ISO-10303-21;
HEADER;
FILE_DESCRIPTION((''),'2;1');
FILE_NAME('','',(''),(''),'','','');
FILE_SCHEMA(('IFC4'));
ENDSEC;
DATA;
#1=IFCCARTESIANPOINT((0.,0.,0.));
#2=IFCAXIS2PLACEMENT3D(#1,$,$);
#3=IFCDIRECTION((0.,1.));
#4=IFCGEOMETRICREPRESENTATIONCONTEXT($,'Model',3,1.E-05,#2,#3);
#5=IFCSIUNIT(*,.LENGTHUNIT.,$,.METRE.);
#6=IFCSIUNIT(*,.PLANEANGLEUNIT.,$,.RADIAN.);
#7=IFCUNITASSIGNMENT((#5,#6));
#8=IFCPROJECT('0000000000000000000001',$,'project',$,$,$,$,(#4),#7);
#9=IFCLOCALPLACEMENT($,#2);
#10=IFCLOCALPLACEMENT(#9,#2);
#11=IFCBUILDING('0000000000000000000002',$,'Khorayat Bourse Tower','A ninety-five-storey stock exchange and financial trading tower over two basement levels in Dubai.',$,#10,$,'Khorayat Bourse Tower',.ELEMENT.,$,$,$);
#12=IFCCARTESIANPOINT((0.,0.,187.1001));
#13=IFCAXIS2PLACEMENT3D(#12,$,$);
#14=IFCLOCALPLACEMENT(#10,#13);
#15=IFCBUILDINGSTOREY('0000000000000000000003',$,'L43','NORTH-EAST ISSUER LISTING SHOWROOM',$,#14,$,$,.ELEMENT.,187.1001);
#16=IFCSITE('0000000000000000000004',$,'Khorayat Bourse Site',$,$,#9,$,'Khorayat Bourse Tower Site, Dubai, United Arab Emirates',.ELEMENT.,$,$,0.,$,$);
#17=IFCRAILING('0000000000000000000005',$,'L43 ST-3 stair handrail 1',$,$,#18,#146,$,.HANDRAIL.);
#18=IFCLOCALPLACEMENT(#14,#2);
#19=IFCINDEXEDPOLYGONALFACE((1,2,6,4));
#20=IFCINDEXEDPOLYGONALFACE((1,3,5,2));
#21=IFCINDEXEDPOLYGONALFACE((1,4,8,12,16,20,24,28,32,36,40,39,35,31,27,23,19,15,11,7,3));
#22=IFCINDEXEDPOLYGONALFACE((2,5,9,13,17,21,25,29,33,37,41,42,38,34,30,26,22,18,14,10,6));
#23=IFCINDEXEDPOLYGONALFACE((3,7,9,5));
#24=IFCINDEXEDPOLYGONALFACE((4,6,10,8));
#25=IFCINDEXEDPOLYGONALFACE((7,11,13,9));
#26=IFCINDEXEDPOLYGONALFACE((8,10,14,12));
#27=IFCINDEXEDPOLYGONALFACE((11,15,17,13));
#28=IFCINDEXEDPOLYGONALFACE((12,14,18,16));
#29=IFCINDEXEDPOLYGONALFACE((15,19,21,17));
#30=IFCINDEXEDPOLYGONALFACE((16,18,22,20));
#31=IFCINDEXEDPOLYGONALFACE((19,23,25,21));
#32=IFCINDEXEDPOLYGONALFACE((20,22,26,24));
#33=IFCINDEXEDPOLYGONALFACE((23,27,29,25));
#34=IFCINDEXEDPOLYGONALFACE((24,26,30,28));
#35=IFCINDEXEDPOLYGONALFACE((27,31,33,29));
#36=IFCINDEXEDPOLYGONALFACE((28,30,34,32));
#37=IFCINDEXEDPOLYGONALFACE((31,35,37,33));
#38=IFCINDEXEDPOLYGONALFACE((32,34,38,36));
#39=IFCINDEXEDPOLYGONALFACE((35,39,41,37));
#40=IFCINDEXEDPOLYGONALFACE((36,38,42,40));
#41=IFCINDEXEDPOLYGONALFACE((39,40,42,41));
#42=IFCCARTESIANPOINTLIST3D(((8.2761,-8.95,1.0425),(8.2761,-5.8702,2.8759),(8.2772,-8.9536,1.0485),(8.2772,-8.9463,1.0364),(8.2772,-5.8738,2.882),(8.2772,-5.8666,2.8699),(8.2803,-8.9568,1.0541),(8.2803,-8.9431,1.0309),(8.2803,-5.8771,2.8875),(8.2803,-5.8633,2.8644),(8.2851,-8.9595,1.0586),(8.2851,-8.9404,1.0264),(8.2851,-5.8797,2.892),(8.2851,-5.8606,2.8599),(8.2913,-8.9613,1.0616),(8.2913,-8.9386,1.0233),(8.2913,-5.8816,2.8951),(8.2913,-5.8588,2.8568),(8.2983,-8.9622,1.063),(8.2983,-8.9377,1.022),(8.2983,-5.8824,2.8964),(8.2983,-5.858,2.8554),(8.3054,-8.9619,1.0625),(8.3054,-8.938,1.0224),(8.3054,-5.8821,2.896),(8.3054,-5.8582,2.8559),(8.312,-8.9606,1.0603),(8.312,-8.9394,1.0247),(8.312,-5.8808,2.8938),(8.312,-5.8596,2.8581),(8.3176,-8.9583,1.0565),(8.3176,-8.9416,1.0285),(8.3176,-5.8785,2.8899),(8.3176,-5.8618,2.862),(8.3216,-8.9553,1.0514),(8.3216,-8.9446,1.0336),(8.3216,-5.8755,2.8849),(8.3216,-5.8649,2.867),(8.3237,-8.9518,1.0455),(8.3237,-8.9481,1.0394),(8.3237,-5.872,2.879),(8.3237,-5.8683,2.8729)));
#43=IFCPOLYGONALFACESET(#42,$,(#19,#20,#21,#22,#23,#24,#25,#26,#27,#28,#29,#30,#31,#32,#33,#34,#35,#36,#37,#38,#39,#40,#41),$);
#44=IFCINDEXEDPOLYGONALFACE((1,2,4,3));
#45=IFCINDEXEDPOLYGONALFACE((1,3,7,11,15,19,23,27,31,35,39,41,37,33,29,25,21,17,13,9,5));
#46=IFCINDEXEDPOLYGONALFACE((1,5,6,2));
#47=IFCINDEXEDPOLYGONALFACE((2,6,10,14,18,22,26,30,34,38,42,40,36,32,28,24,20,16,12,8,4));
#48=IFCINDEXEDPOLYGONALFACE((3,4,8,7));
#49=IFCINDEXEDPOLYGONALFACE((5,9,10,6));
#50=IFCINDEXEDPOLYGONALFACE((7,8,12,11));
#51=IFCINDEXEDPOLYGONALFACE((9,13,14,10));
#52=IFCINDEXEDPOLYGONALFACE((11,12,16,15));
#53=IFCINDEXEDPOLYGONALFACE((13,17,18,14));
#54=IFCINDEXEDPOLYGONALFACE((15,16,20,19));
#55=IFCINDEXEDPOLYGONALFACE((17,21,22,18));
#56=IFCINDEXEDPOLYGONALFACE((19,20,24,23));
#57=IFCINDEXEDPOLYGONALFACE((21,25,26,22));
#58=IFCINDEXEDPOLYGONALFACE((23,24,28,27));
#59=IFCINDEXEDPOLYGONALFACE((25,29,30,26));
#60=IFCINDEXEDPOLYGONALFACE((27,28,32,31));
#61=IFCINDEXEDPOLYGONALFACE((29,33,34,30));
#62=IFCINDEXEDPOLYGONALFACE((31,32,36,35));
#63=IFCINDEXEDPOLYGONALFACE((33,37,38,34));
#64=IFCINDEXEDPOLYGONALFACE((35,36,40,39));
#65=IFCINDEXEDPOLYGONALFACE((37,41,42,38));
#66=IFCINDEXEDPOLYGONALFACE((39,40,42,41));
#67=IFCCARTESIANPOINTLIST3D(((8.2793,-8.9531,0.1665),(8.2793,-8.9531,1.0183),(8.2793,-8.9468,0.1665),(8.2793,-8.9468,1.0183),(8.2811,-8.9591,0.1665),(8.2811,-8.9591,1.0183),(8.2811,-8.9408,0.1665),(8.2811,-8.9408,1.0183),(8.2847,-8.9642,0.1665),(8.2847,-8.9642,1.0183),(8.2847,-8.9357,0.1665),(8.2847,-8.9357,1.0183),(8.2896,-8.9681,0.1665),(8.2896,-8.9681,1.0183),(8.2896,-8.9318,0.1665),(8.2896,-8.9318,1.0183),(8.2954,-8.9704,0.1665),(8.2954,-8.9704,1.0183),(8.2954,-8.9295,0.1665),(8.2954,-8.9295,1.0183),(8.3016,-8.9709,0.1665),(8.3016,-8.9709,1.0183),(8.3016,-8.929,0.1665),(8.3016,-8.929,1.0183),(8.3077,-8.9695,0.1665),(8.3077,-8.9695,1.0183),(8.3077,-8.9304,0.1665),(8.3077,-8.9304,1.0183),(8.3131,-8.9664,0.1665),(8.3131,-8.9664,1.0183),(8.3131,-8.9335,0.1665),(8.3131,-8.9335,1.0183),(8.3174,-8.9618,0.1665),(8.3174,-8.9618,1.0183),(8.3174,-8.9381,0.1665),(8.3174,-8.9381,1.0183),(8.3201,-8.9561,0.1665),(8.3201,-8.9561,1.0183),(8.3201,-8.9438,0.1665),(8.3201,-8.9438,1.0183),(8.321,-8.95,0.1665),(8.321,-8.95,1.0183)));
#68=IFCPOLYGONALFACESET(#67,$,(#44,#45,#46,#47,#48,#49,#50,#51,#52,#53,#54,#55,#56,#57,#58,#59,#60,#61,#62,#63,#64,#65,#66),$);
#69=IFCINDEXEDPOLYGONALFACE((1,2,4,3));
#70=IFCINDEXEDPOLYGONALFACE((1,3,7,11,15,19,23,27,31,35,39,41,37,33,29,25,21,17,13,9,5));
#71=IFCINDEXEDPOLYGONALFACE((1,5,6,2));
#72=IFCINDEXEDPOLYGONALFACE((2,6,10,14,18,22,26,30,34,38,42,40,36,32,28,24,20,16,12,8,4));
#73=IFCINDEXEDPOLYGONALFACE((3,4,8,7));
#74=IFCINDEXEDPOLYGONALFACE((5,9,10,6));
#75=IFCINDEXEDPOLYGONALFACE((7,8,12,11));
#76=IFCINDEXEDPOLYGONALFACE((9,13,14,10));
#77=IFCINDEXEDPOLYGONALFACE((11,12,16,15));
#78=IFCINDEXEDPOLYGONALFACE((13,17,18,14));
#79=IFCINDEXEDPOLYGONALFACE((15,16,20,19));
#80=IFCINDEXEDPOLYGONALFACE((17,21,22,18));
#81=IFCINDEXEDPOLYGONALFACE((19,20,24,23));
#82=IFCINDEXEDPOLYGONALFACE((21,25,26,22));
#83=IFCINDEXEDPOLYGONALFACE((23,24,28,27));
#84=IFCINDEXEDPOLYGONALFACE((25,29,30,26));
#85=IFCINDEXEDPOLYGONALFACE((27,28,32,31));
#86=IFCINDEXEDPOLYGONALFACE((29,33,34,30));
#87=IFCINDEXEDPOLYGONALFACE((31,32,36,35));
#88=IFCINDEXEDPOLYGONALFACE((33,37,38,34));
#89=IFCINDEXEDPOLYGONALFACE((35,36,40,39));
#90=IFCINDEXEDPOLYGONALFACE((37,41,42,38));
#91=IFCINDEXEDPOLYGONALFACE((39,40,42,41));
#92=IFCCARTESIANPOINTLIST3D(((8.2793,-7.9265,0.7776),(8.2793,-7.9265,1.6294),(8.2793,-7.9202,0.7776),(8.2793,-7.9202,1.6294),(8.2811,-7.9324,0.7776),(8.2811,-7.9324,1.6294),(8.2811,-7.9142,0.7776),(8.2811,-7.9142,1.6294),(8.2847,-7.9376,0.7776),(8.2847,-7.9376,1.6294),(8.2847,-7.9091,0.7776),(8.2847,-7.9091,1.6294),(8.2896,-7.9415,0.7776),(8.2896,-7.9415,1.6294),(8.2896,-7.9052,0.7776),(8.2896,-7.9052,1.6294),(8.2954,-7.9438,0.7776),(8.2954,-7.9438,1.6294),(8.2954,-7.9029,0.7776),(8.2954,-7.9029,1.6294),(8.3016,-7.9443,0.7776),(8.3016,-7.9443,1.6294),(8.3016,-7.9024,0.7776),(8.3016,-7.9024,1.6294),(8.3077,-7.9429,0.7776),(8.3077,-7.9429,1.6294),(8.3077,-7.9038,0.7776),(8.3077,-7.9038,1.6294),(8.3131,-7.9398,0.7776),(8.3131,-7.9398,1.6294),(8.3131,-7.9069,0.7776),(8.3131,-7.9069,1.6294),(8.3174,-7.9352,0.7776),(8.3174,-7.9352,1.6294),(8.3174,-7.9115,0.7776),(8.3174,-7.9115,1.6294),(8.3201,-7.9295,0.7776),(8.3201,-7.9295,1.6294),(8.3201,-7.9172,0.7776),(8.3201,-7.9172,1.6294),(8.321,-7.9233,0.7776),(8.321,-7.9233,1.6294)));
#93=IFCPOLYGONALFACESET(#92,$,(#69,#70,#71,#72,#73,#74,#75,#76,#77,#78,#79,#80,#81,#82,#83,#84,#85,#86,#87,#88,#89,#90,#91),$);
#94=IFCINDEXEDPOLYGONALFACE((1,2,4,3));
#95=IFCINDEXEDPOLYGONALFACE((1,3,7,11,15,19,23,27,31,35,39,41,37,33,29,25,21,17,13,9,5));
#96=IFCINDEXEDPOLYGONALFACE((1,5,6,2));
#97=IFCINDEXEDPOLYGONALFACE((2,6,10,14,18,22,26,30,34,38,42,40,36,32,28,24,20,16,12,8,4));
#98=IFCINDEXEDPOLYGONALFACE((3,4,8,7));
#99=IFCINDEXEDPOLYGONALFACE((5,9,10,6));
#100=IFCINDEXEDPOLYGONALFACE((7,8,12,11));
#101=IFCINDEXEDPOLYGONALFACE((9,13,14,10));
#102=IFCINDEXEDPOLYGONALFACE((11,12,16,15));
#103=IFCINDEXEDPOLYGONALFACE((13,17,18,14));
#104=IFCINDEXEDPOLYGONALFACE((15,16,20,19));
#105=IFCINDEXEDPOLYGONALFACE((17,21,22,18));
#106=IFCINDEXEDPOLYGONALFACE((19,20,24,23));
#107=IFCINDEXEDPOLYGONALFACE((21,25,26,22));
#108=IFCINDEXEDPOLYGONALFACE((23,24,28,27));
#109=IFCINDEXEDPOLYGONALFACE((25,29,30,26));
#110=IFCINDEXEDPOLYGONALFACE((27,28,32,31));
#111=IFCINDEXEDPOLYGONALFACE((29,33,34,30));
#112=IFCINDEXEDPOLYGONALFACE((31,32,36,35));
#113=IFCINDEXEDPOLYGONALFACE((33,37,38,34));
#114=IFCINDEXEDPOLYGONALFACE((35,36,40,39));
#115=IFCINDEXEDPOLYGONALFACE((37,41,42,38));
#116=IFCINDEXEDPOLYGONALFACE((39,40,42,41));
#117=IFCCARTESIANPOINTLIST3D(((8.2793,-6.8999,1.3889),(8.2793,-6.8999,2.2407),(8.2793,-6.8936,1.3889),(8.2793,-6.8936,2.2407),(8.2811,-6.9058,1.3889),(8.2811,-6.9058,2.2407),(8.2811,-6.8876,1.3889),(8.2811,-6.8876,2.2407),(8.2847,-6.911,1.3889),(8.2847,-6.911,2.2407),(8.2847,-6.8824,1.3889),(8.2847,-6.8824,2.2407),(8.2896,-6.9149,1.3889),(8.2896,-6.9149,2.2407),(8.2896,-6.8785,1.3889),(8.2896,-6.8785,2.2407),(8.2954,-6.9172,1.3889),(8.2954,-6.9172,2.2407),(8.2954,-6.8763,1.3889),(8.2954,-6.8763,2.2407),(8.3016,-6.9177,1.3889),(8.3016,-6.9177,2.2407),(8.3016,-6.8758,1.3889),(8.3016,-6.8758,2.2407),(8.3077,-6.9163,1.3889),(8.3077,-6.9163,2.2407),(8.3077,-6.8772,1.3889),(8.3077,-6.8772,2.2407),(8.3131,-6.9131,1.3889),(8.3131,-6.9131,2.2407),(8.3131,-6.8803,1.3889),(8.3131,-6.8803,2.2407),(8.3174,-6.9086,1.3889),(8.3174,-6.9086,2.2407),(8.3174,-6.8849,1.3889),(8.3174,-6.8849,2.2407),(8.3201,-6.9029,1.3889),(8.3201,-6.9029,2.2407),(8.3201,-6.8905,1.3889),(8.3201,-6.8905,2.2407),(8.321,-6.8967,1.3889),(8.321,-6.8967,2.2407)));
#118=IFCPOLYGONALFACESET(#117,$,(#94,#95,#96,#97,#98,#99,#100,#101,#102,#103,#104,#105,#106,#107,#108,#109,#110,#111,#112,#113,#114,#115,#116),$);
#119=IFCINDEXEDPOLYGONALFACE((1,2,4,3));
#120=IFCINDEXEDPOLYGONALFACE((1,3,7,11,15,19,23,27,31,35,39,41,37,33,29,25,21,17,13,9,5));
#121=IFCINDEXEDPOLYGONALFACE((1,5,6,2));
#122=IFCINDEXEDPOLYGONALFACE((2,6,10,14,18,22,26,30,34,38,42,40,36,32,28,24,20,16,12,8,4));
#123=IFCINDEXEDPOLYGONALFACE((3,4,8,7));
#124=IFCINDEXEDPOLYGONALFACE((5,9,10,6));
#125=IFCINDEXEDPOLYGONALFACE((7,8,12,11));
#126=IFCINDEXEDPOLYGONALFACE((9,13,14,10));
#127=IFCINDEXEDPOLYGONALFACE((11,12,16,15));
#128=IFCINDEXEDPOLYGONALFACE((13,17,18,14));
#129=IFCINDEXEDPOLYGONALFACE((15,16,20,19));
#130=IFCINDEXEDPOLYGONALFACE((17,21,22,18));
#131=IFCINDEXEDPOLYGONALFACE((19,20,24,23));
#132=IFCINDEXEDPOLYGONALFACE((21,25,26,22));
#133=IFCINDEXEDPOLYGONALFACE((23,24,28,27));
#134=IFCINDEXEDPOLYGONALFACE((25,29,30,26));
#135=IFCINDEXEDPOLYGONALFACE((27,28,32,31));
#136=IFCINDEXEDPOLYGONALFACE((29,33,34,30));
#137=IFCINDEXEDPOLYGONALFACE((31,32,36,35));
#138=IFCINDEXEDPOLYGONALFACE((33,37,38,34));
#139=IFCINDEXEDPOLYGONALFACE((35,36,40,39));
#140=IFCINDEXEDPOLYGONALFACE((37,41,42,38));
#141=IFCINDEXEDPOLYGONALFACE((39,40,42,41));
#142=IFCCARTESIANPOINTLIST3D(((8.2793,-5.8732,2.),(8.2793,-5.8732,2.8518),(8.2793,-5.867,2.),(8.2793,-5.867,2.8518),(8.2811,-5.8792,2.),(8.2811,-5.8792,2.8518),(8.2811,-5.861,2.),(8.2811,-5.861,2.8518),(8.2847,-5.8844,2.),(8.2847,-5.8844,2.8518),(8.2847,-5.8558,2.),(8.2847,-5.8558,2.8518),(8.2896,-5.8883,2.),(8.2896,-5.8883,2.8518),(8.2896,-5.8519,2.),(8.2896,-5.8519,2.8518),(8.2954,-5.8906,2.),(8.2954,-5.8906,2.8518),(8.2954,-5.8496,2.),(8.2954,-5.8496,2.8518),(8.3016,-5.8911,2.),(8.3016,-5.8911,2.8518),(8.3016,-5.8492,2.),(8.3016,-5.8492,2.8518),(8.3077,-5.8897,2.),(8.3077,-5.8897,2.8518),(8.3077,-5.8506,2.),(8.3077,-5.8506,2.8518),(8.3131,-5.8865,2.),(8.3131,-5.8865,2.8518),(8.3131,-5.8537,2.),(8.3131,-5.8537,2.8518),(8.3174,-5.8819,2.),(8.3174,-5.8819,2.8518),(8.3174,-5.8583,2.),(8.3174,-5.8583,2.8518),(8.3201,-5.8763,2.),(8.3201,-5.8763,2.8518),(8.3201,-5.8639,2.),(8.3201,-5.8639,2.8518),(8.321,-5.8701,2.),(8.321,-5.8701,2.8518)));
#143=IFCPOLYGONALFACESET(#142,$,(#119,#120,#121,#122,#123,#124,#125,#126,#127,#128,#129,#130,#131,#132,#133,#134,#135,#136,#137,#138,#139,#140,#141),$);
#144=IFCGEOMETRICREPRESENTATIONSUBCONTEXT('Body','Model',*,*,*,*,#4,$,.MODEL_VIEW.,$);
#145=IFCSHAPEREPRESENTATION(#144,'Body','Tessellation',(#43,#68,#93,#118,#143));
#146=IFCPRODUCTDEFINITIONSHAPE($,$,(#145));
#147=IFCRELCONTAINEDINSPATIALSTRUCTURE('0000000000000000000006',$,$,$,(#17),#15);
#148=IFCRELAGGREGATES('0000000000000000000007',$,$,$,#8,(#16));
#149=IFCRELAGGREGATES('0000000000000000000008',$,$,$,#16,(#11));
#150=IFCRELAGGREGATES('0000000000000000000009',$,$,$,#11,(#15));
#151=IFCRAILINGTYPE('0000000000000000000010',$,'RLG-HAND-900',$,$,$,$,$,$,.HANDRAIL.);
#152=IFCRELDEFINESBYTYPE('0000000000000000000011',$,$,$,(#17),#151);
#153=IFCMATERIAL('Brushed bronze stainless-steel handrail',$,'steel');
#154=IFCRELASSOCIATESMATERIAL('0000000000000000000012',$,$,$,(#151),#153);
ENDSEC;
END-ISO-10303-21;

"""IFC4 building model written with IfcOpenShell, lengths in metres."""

from ifc_helpers import new_model, si_unit, direction, frame, origin, origin_2d, place, context, subcontext, project, spatial, circle, extrude, source, transform, mapped, material, type_object, element, save


model = new_model("IFC4")

# Units and contexts
model_context = context("Model", 3, precision=1e-05, world=origin(), true_north=direction((0.0, 1.0)))
body_context = subcontext(model_context, "Body", "Model", "MODEL_VIEW")
ifc_project = project(units=[si_unit("LENGTHUNIT", "METRE"), si_unit("PLANEANGLEUNIT", "RADIAN")], contexts=[model_context])

# Site, building, storey
site_placement = place(None, origin())
site = spatial("IfcSite", under=ifc_project, at=site_placement, Name="Khorayat Bourse Site", LongName="Khorayat Bourse Tower Site, Dubai, United Arab Emirates", CompositionType="ELEMENT", RefElevation=0.0)
building_placement = place(site_placement, origin())
building = spatial("IfcBuilding", under=site, at=building_placement, Name="Khorayat Bourse Tower", Description="A ninety-five-storey stock exchange and financial trading tower over two basement levels in Dubai.", LongName="Khorayat Bourse Tower", CompositionType="ELEMENT")
storey_placement = place(building_placement, frame((0.0, 0.0, 187.1001)))
storey = spatial("IfcBuildingStorey", under=building, at=storey_placement, Name="L43", Description="NORTH-EAST ISSUER LISTING SHOWROOM", CompositionType="ELEMENT", Elevation=187.1001)

# Railing
ifc_material_1 = material(Name="Brushed bronze stainless-steel handrail", Category="steel")
railing_type_1 = type_object("IfcRailingType", Name="RLG-HAND-900", PredefinedType="HANDRAIL", material=ifc_material_1)
shared_shape_1 = source(origin(), body_context, "Body", "SweptSolid", [
    extrude(circle(Radius=0.0239, at=origin_2d()), frame((0.0, 0.0, 0.876), z_axis=(0.0, 0.859261, 0.511538), x_axis=(-1.0, 0.0, 0.0)), (0.0, 0.0, 1.0), 3.5842),
    extrude(circle(Radius=0.021, at=origin_2d()), origin(), (0.0, 0.0, 1.0), 0.8518),
    extrude(circle(Radius=0.021, at=origin_2d()), frame((0.0, 1.0266, 0.6111)), (0.0, 0.0, 1.0), 0.8518),
    extrude(circle(Radius=0.021, at=origin_2d()), frame((0.0, 2.0532, 1.2224)), (0.0, 0.0, 1.0), 0.8518),
    extrude(circle(Radius=0.021, at=origin_2d()), frame((0.0, 3.0798, 1.8335)), (0.0, 0.0, 1.0), 0.8518),
])
railing_1_placement = place(storey_placement, frame((8.3, -8.95, 0.1665)))
element("IfcRailing", 1, at=railing_1_placement, inside=storey, type_object=railing_type_1, Name="L43 ST-3 stair handrail 1", PredefinedType="HANDRAIL", context=body_context, shape_type="MappedRepresentation", body=[
    mapped(shared_shape_1, transform((0.0, 0.0, 0.0), scale=1.0)),
])

save(model, "model.ifc")
